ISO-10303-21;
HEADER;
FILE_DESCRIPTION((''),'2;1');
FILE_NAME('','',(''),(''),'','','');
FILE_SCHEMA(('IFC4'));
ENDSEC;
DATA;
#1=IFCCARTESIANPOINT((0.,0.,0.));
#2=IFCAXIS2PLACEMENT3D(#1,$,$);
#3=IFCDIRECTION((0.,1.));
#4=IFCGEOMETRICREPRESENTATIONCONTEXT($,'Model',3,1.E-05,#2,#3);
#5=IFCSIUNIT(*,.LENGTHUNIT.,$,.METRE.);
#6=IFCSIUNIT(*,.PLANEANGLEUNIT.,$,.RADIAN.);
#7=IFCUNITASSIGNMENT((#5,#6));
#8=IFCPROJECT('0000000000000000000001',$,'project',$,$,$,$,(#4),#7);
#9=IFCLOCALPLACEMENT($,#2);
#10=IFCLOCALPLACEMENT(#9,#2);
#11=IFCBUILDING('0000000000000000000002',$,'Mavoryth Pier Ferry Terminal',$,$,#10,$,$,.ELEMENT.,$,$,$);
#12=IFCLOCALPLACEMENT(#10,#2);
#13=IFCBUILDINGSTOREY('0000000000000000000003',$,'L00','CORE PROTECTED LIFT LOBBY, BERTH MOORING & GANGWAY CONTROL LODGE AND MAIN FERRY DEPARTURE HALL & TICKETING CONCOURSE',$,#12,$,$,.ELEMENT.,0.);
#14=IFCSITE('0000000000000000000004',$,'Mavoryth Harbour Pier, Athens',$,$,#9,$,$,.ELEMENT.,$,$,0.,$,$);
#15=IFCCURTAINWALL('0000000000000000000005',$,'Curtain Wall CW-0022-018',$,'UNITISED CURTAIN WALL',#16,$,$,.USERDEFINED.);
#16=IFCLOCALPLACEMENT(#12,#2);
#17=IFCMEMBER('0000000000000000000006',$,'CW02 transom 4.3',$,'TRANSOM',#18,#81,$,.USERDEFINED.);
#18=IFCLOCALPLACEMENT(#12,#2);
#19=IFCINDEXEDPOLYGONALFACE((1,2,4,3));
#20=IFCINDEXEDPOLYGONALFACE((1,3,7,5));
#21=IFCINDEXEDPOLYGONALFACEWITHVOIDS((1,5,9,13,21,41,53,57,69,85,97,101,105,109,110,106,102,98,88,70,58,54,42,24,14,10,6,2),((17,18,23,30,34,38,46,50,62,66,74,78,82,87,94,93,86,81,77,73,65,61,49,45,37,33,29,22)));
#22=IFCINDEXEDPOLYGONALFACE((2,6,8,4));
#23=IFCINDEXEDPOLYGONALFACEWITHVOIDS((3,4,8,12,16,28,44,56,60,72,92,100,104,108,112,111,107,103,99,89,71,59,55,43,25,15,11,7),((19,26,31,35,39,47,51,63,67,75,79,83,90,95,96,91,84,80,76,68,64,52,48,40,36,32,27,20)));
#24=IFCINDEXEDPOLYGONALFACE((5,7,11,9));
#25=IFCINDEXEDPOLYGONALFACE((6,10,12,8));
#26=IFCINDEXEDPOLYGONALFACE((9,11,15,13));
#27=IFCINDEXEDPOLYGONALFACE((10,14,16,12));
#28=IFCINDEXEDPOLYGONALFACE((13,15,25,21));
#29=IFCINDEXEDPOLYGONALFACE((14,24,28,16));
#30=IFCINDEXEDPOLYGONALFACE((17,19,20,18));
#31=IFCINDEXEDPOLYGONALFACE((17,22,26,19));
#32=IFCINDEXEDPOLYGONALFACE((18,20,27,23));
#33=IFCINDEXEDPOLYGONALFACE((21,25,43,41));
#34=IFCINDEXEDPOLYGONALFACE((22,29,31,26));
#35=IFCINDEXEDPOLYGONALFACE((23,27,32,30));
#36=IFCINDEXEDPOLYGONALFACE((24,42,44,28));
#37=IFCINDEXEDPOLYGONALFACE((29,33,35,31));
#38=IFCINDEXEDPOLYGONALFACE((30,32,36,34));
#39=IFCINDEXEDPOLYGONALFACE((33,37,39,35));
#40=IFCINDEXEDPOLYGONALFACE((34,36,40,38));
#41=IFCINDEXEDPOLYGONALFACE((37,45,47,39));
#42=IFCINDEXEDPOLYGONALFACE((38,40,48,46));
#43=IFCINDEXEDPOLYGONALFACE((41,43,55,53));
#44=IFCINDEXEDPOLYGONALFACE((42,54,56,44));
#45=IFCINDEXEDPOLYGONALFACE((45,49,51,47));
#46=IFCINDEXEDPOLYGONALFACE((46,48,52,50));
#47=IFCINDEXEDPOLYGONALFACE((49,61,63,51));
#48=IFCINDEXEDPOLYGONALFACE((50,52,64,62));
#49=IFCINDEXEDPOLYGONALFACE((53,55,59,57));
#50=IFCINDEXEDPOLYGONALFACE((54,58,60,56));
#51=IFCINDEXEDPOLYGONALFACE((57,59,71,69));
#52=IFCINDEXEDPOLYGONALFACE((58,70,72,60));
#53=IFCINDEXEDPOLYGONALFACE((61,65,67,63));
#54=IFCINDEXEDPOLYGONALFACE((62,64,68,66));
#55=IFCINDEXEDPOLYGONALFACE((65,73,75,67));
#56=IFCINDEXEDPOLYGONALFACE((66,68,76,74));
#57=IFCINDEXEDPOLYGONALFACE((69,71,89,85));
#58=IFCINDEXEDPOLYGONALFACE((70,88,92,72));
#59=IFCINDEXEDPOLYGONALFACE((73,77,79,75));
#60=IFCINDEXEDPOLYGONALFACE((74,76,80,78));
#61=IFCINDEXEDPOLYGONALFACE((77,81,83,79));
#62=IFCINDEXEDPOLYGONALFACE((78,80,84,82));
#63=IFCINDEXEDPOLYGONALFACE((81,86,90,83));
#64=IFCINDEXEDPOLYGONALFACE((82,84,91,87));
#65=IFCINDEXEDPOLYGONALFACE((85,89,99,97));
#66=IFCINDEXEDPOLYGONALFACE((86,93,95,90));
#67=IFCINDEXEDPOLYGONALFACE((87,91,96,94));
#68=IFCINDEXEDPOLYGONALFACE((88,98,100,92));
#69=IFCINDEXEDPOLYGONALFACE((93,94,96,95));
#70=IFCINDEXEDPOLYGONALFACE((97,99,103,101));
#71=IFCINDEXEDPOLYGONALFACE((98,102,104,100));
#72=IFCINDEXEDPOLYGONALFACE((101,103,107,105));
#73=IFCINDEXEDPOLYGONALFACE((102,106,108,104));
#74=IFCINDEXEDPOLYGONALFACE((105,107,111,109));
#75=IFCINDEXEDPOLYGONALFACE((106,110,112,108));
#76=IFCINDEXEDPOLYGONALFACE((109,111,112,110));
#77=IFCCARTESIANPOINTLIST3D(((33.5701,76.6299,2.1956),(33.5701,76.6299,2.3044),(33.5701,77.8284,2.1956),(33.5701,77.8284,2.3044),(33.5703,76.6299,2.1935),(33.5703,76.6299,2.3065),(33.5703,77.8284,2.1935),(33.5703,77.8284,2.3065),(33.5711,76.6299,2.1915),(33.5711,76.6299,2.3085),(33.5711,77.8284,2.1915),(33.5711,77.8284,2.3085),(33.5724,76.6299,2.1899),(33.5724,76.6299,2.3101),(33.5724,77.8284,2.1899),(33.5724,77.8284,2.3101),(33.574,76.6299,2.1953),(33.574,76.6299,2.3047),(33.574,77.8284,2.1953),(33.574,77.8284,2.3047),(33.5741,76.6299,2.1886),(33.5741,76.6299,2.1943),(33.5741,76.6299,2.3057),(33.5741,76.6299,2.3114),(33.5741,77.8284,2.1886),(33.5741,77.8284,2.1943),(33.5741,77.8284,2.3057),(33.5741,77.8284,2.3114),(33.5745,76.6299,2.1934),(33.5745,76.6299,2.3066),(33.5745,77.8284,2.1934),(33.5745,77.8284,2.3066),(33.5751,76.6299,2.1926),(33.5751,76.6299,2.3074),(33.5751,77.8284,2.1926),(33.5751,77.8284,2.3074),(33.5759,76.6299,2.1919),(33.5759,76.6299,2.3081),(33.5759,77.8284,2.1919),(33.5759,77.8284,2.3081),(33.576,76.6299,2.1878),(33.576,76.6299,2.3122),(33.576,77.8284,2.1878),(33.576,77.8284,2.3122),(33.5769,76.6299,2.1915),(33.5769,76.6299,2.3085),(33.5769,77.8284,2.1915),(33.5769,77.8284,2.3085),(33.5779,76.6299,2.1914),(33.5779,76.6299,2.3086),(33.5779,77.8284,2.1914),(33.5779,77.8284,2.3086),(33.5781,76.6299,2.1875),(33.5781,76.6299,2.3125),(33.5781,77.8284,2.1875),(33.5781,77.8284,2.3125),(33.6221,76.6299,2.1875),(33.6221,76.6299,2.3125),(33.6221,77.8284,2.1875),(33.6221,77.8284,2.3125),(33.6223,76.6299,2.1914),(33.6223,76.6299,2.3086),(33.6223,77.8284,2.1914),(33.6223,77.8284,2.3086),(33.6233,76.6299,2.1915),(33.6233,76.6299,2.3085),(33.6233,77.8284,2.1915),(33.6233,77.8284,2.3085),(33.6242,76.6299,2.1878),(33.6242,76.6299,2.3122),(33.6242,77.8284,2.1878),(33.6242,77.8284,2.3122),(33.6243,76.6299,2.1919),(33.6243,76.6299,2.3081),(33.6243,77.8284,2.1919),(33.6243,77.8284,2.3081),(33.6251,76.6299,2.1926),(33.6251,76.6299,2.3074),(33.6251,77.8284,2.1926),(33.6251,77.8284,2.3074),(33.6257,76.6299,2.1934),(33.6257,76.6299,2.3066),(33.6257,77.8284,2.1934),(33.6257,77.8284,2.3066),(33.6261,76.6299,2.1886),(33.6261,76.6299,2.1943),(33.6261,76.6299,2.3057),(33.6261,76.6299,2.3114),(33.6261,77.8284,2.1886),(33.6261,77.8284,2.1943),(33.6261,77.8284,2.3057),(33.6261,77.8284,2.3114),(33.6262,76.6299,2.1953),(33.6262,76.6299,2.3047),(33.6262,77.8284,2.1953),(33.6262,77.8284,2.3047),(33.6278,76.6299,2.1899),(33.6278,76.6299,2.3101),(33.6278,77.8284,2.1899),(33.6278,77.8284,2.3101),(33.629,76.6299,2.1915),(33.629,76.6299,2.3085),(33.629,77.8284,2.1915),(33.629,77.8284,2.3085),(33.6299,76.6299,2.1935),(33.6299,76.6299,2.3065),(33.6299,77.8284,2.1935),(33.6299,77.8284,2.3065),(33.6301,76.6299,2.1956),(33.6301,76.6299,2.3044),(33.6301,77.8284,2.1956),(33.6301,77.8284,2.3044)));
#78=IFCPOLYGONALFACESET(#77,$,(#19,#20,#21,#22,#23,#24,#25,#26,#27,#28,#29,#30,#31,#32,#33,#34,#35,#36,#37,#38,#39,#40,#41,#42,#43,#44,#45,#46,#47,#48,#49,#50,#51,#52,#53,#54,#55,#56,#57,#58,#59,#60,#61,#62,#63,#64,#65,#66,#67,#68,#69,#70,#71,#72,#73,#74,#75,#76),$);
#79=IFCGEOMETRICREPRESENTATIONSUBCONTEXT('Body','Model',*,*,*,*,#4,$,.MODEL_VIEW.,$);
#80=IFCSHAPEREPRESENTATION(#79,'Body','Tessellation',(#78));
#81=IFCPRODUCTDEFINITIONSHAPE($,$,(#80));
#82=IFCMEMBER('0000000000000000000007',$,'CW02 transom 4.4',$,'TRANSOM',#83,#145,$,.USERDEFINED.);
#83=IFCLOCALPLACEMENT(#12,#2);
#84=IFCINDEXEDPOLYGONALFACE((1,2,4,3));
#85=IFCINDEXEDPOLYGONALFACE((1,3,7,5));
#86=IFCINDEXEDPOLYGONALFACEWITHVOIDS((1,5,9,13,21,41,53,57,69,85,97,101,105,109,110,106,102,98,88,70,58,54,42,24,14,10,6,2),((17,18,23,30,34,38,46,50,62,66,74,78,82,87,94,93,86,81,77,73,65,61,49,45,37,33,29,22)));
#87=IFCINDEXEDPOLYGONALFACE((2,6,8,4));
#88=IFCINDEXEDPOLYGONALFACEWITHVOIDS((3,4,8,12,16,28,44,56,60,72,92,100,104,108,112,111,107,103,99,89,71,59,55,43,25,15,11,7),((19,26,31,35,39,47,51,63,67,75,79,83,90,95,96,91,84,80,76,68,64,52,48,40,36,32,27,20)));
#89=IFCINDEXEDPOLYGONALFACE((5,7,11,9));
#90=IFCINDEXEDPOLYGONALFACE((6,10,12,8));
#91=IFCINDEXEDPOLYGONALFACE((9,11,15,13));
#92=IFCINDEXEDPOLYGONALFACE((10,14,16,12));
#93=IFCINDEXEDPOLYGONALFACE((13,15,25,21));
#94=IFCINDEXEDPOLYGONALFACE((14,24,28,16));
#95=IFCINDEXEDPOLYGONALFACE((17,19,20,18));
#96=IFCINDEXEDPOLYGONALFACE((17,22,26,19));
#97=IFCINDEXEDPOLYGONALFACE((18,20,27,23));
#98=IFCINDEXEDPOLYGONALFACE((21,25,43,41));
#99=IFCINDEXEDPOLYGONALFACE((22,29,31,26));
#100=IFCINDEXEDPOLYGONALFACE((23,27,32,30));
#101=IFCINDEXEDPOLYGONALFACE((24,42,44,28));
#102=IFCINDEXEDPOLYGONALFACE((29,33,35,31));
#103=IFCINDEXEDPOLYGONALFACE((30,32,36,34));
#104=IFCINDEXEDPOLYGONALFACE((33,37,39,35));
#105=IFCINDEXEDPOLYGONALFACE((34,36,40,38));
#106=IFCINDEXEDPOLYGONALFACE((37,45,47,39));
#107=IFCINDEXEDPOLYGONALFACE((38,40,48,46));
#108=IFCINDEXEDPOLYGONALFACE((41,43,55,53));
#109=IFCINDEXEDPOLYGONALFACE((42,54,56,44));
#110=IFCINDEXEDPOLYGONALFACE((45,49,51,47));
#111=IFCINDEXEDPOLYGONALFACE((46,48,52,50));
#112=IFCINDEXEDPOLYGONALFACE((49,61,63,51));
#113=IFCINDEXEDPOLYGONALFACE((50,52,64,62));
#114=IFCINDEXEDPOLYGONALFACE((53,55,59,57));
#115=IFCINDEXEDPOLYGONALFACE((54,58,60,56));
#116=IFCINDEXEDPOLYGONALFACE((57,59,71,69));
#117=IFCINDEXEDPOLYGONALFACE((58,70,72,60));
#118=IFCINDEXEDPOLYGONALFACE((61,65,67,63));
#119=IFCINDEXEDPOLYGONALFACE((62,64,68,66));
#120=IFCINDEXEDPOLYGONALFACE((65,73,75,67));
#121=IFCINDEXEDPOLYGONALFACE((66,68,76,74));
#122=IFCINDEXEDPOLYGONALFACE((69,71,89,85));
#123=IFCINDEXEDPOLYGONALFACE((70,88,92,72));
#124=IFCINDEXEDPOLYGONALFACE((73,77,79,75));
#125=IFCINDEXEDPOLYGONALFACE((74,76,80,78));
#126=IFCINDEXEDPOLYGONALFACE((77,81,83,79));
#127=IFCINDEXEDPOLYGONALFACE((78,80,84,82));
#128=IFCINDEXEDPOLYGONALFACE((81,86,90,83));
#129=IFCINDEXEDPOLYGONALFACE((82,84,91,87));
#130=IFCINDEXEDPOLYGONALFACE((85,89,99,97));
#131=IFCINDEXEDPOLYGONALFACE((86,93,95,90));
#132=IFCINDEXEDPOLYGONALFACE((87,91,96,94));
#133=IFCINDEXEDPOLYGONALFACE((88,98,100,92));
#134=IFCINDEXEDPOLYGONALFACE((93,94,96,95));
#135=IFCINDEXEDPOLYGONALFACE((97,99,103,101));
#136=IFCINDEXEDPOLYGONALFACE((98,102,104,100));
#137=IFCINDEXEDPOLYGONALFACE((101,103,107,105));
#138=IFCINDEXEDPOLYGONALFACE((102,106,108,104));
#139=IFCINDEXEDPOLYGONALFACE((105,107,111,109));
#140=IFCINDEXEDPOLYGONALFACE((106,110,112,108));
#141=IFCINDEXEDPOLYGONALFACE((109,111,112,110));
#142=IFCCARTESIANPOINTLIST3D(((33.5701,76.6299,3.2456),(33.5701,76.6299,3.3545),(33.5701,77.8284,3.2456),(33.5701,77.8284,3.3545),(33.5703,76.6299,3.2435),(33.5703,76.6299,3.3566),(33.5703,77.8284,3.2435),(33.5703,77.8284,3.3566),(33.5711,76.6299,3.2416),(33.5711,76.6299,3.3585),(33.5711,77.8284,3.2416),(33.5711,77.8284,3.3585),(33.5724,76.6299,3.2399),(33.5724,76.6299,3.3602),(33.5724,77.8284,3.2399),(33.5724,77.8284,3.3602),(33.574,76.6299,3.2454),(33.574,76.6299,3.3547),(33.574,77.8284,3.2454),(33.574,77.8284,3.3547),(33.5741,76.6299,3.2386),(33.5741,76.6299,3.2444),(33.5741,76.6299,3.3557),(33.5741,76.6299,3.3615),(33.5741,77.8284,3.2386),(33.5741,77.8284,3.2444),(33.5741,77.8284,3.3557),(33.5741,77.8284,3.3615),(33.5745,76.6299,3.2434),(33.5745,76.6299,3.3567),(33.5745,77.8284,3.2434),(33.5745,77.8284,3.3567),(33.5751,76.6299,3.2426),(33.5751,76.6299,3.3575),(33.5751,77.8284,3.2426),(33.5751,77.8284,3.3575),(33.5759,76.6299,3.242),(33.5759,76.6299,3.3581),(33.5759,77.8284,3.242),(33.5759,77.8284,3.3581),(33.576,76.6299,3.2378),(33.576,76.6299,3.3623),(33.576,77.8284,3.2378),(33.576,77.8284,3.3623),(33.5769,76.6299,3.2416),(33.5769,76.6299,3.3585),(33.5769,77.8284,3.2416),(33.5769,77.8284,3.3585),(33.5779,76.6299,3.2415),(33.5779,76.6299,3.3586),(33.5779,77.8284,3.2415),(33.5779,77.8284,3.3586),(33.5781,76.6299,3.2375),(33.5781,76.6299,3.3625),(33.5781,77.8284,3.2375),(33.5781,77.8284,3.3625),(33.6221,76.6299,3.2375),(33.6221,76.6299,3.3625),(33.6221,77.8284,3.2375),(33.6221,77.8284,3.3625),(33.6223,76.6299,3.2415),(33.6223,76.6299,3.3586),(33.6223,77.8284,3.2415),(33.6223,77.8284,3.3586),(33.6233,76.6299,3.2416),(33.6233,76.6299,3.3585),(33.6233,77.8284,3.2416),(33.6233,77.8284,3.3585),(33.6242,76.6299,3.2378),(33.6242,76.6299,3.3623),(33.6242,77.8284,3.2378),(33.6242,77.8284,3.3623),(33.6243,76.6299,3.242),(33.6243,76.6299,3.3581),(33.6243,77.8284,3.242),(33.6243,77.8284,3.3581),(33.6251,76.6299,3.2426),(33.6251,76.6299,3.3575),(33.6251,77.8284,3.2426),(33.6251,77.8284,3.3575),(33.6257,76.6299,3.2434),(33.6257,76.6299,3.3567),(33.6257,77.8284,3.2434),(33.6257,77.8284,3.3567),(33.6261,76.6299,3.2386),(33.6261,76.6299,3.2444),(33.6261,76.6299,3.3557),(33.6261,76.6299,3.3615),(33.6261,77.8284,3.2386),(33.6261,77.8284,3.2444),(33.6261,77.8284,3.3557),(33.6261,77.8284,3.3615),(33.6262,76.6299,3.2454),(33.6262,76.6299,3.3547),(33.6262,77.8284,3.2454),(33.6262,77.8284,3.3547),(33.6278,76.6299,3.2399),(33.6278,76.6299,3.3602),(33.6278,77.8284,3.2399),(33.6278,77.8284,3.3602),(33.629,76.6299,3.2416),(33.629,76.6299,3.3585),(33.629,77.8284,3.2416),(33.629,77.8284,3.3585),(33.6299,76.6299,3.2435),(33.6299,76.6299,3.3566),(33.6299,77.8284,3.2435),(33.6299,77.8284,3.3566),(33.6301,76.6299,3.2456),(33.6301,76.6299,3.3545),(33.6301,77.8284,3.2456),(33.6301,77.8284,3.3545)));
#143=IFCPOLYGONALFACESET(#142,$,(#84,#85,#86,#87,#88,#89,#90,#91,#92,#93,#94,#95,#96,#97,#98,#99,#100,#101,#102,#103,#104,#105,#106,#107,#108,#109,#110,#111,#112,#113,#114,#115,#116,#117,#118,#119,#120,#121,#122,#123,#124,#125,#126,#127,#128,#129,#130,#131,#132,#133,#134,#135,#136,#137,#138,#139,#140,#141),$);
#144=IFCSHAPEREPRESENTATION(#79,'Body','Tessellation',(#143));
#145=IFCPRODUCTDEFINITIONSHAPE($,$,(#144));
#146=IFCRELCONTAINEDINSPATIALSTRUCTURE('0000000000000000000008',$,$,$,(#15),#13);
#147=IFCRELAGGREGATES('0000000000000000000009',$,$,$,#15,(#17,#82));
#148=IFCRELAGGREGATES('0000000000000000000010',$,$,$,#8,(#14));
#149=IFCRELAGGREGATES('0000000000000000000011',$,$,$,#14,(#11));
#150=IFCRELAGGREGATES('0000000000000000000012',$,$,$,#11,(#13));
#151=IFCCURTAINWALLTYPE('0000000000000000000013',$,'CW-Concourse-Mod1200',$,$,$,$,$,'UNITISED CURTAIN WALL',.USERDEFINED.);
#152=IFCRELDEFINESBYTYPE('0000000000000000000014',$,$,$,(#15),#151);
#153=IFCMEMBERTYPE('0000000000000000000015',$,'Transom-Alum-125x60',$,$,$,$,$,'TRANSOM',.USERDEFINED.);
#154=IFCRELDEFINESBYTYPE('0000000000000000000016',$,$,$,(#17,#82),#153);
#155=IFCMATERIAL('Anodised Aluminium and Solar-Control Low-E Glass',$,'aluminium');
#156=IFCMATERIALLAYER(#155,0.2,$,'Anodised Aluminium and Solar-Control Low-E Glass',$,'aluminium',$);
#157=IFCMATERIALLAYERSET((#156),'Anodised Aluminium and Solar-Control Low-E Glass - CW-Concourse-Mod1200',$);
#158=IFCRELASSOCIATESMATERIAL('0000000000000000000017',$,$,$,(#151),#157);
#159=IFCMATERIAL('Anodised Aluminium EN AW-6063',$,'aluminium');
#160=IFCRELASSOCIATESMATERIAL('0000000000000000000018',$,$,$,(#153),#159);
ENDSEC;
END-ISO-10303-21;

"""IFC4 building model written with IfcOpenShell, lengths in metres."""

from ifc_helpers import new_model, si_unit, direction, frame, origin, origin_2d, place, context, subcontext, project, spatial, hollow_rectangle, extrude, material, layer, layer_set, material_profile, profile_set, type_object, element, aggregate, save


model = new_model("IFC4")

# Units and contexts
model_context = context("Model", 3, precision=1e-05, world=origin(), true_north=direction((0.0, 1.0)))
body_context = subcontext(model_context, "Body", "Model", "MODEL_VIEW")
ifc_project = project(units=[si_unit("LENGTHUNIT", "METRE"), si_unit("PLANEANGLEUNIT", "RADIAN")], contexts=[model_context])

# Site, building, storey
site_placement = place(None, origin())
site = spatial("IfcSite", under=ifc_project, at=site_placement, Name="Mavoryth Harbour Pier, Athens", CompositionType="ELEMENT", RefElevation=0.0)
building_placement = place(site_placement, origin())
building = spatial("IfcBuilding", under=site, at=building_placement, Name="Mavoryth Pier Ferry Terminal", CompositionType="ELEMENT")
storey_placement = place(building_placement, origin())
storey = spatial("IfcBuildingStorey", under=building, at=storey_placement, Name="L00", Description="CORE PROTECTED LIFT LOBBY, BERTH MOORING & GANGWAY CONTROL LODGE AND MAIN FERRY DEPARTURE HALL & TICKETING CONCOURSE", CompositionType="ELEMENT", Elevation=0.0)

# Curtain wall, members
ifc_material_1 = material(Name="Anodised Aluminium and Solar-Control Low-E Glass", Category="aluminium")
ifc_layer_1 = layer(ifc_material_1, 0.2, Name="Anodised Aluminium and Solar-Control Low-E Glass", Category="aluminium")
ifc_layer_set_1 = layer_set([ifc_layer_1], Name="Anodised Aluminium and Solar-Control Low-E Glass - CW-Concourse-Mod1200")
curtain_wall_type = type_object("IfcCurtainWallType", Name="CW-Concourse-Mod1200", ElementType="UNITISED CURTAIN WALL", PredefinedType="USERDEFINED", material=ifc_layer_set_1)
curtain_wall_placement = place(storey_placement, origin())
curtain_wall = element("IfcCurtainWall", 1, at=curtain_wall_placement, inside=storey, type_object=curtain_wall_type, Name="Curtain Wall CW-0022-018", ObjectType="UNITISED CURTAIN WALL", PredefinedType="USERDEFINED")
ifc_material_2 = material(Name="Anodised Aluminium EN AW-6063", Category="aluminium")
ifc_material_profile_1 = material_profile(ifc_material_2, hollow_rectangle(XDim=0.0601, YDim=0.125, WallThickness=0.0039, InnerFilletRadius=0.0039, OuterFilletRadius=0.0081, at=origin_2d()), Name="AL-TRAN 125x60x4", Category="aluminium")
ifc_profile_set_1 = profile_set([ifc_material_profile_1], Name="Anodised Aluminium EN AW-6063 - AL-TRAN 125x60x4")
member_type_1 = type_object("IfcMemberType", Name="Transom-Alum-125x60", ElementType="TRANSOM", PredefinedType="USERDEFINED", material=ifc_profile_set_1)
member_1_placement = place(storey_placement, frame((33.6001, 76.6299, 2.25), z_axis=(0.0, 1.0, 0.0), x_axis=(-1.0, 0.0, 0.0)))
member_1 = element("IfcMember", 2, at=member_1_placement, type_object=member_type_1, Name="CW02 transom 4.3", ObjectType="TRANSOM", PredefinedType="USERDEFINED", context=body_context, shape_type="SweptSolid", body=[
    extrude(hollow_rectangle(XDim=0.0601, YDim=0.125, WallThickness=0.0039, InnerFilletRadius=0.0039, OuterFilletRadius=0.0081, at=origin_2d()), origin(), (0.0, 0.0, 1.0), 1.1985),
])
member_2_placement = place(storey_placement, frame((33.6001, 76.6299, 3.3), z_axis=(0.0, 1.0, 0.0), x_axis=(-1.0, 0.0, 0.0)))
member_2 = element("IfcMember", 3, at=member_2_placement, type_object=member_type_1, Name="CW02 transom 4.4", ObjectType="TRANSOM", PredefinedType="USERDEFINED", context=body_context, shape_type="SweptSolid", body=[
    extrude(hollow_rectangle(XDim=0.0601, YDim=0.125, WallThickness=0.0039, InnerFilletRadius=0.0039, OuterFilletRadius=0.0081, at=origin_2d()), origin(), (0.0, 0.0, 1.0), 1.1985),
])
aggregate(curtain_wall, [member_1, member_2])

save(model, "model.ifc")
